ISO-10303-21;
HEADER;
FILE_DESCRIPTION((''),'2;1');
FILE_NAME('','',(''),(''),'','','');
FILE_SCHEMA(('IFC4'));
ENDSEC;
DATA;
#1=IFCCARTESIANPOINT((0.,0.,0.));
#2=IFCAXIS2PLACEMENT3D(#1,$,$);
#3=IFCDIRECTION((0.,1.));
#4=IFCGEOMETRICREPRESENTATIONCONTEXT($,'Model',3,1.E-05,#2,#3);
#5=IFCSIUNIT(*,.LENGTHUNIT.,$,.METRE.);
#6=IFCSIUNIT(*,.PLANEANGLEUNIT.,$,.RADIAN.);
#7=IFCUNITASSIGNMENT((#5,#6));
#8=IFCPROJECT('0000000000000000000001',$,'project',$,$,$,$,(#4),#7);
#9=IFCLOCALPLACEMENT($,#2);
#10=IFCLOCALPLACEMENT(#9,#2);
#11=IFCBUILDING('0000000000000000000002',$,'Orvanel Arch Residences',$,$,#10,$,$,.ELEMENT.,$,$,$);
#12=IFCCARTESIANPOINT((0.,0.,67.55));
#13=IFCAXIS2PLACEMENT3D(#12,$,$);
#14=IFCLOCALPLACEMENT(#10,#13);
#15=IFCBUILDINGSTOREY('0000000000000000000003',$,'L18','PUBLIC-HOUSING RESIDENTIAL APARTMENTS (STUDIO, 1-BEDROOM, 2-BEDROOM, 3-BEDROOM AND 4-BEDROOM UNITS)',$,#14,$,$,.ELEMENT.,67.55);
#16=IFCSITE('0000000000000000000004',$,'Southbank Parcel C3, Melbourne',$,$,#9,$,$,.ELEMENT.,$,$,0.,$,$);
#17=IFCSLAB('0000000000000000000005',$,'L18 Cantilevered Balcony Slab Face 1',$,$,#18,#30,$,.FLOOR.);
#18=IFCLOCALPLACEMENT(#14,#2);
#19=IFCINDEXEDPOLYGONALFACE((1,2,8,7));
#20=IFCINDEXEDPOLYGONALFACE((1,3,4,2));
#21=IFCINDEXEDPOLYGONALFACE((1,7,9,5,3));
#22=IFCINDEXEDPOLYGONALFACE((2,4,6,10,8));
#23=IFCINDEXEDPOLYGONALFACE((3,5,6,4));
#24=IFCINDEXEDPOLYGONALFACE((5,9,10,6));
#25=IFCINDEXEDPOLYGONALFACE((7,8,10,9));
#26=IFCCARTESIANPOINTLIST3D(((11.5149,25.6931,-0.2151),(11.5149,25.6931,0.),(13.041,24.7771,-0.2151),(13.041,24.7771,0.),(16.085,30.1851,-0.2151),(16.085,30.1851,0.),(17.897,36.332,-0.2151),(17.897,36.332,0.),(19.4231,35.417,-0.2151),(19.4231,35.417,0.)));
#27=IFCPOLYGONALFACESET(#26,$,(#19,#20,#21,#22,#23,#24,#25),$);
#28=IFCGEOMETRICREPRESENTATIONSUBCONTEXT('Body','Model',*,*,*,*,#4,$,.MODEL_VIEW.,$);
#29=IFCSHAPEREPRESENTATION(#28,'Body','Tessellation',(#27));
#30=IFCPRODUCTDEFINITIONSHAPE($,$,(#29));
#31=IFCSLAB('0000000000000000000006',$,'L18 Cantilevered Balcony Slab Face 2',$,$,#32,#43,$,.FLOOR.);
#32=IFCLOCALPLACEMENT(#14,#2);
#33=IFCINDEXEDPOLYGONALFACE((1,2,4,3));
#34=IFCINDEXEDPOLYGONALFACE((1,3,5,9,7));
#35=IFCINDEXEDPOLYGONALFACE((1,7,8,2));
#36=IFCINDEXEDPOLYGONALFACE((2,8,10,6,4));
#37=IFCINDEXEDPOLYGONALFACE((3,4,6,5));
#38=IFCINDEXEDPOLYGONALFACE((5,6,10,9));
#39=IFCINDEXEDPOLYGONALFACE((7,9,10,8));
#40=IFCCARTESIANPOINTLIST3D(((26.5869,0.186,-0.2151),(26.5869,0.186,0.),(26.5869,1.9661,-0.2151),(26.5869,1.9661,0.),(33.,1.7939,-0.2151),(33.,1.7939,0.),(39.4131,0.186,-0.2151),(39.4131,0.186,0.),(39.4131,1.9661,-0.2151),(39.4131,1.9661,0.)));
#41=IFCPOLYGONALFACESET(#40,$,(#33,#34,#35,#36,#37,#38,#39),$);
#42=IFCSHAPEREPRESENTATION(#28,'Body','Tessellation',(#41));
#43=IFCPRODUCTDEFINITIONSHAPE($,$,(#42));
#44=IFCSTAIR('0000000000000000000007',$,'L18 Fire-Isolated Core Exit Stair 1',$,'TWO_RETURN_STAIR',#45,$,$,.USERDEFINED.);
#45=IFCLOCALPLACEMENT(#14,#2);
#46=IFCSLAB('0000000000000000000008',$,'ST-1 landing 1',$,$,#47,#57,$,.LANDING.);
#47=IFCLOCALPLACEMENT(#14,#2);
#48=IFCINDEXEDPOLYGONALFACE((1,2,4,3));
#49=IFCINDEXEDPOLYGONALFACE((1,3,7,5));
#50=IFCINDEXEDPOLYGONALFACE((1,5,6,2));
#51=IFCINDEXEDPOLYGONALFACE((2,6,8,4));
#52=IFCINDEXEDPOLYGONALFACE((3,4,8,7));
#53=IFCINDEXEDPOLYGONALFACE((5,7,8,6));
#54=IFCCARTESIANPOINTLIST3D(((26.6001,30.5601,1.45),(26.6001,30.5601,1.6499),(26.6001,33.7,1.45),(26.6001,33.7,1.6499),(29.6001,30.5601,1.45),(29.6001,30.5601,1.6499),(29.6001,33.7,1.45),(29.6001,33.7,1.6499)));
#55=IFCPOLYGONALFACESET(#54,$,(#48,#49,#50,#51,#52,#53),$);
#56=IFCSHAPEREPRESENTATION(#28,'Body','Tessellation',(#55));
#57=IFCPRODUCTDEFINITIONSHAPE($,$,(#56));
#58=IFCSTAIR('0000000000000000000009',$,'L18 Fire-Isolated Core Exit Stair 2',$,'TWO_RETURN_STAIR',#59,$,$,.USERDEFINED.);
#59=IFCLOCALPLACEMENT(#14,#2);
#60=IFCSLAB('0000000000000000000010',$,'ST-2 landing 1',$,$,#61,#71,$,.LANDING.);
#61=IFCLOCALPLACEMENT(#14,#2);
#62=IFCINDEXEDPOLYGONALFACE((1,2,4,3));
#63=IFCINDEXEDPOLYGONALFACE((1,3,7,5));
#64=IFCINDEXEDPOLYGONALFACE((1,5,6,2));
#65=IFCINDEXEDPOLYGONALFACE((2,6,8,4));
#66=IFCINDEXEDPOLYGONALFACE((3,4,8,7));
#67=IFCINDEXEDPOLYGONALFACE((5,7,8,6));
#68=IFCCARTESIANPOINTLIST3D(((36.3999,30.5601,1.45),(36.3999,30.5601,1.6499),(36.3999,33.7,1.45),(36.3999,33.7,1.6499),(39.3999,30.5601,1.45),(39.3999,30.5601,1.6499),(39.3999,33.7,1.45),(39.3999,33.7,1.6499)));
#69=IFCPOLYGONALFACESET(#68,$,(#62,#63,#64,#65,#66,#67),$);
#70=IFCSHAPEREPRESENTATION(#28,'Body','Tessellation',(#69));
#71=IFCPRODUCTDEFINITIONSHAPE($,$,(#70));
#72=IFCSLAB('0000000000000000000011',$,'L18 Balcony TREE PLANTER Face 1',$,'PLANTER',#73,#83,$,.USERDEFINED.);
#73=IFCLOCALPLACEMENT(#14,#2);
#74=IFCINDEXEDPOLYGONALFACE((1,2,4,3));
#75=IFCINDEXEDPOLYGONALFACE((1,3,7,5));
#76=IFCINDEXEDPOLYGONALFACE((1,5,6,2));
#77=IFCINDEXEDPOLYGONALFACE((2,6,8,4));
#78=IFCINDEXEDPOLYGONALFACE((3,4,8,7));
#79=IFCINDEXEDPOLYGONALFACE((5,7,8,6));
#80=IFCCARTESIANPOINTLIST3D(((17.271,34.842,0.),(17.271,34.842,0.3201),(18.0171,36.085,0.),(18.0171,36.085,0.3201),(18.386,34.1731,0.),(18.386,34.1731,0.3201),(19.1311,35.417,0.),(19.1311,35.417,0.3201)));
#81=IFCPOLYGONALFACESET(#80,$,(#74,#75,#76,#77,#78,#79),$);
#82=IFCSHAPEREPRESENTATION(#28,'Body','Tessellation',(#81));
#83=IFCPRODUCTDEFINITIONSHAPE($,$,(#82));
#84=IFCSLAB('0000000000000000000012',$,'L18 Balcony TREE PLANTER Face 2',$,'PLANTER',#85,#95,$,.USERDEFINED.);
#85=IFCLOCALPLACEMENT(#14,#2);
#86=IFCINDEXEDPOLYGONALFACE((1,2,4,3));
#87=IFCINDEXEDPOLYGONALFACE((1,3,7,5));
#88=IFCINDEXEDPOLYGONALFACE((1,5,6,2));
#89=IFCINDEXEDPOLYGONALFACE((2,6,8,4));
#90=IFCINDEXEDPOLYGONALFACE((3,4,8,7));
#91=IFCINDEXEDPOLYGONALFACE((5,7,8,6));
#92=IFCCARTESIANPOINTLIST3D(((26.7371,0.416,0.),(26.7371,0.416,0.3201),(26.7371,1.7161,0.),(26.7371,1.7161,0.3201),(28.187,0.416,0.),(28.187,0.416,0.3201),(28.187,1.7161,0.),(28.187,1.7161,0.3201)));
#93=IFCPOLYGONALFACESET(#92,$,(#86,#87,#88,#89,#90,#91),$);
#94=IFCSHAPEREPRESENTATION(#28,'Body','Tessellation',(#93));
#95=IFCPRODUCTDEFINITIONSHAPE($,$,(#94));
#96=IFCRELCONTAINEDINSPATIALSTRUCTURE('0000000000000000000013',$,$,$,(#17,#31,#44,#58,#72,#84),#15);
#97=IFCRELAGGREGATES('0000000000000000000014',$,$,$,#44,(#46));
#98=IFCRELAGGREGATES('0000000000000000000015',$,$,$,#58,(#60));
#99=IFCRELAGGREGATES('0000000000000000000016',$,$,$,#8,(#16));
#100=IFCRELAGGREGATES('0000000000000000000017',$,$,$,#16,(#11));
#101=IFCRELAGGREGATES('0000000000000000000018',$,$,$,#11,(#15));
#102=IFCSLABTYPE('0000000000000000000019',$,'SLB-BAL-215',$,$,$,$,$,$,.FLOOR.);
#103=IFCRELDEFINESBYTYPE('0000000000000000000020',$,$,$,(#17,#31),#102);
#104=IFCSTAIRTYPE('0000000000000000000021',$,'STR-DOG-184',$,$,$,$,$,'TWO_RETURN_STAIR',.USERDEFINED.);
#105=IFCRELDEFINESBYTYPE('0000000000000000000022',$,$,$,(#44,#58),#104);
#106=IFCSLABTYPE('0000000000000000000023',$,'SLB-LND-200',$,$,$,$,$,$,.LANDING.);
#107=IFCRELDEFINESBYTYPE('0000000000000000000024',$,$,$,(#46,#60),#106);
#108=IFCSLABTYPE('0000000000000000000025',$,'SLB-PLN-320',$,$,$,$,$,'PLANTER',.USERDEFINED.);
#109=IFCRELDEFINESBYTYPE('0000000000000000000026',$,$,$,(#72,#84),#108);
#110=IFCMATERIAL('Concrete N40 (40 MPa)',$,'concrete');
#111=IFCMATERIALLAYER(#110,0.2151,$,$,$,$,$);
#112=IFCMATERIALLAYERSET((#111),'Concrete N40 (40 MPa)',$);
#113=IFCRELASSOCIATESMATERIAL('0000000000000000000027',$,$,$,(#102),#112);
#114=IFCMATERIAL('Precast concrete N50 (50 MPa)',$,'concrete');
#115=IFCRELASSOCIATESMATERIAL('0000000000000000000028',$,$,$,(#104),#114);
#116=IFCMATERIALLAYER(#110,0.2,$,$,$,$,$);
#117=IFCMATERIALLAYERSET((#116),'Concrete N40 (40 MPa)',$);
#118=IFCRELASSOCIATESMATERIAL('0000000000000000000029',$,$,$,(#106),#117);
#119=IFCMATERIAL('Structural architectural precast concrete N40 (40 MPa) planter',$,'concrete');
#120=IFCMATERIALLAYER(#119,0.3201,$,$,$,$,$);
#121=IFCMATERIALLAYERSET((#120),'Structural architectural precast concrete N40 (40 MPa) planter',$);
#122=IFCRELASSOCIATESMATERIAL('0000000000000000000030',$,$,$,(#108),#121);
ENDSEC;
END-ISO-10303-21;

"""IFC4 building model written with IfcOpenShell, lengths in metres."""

from ifc_helpers import new_model, si_unit, direction, frame, origin, place, context, subcontext, project, spatial, polyline, outline, extrude, material, layer, layer_set, type_object, element, aggregate, save


model = new_model("IFC4")

# Units and contexts
model_context = context("Model", 3, precision=1e-05, world=origin(), true_north=direction((0.0, 1.0)))
body_context = subcontext(model_context, "Body", "Model", "MODEL_VIEW")
ifc_project = project(units=[si_unit("LENGTHUNIT", "METRE"), si_unit("PLANEANGLEUNIT", "RADIAN")], contexts=[model_context])

# Site, building, storey
site_placement = place(None, origin())
site = spatial("IfcSite", under=ifc_project, at=site_placement, Name="Southbank Parcel C3, Melbourne", CompositionType="ELEMENT", RefElevation=0.0)
building_placement = place(site_placement, origin())
building = spatial("IfcBuilding", under=site, at=building_placement, Name="Orvanel Arch Residences", CompositionType="ELEMENT")
storey_placement = place(building_placement, frame((0.0, 0.0, 67.55)))
storey = spatial("IfcBuildingStorey", under=building, at=storey_placement, Name="L18", Description="PUBLIC-HOUSING RESIDENTIAL APARTMENTS (STUDIO, 1-BEDROOM, 2-BEDROOM, 3-BEDROOM AND 4-BEDROOM UNITS)", CompositionType="ELEMENT", Elevation=67.55)

# Slabs
ifc_material_1 = material(Name="Concrete N40 (40 MPa)", Category="concrete")
ifc_layer_1 = layer(ifc_material_1, 0.2151)
ifc_layer_set_1 = layer_set([ifc_layer_1], Name="Concrete N40 (40 MPa)")
slab_type_1 = type_object("IfcSlabType", Name="SLB-BAL-215", PredefinedType="FLOOR", material=ifc_layer_set_1)
slab_1_placement = place(storey_placement, frame((0.0, 0.0, -0.2151)))
element("IfcSlab", 1, at=slab_1_placement, inside=storey, type_object=slab_type_1, Name="L18 Cantilevered Balcony Slab Face 1", PredefinedType="FLOOR", context=body_context, shape_type="SweptSolid", body=[
    extrude(outline(polyline([(17.897, 36.332), (11.5149, 25.6931), (13.041, 24.7771), (16.085, 30.1851), (19.4231, 35.417), (17.897, 36.332)])), origin(), (0.0, 0.0, 1.0), 0.2151),
])
slab_2_placement = place(storey_placement, frame((0.0, 0.0, -0.2151)))
element("IfcSlab", 2, at=slab_2_placement, inside=storey, type_object=slab_type_1, Name="L18 Cantilevered Balcony Slab Face 2", PredefinedType="FLOOR", context=body_context, shape_type="SweptSolid", body=[
    extrude(outline(polyline([(26.5869, 0.186), (39.4131, 0.186), (39.4131, 1.9661), (33.0, 1.7939), (26.5869, 1.9661), (26.5869, 0.186)])), origin(), (0.0, 0.0, 1.0), 0.2151),
])

# Stairs, slabs
ifc_material_2 = material(Name="Precast concrete N50 (50 MPa)", Category="concrete")
stair_type = type_object("IfcStairType", Name="STR-DOG-184", ElementType="TWO_RETURN_STAIR", PredefinedType="USERDEFINED", material=ifc_material_2)
stair_1_placement = place(storey_placement, origin())
stair_1 = element("IfcStair", 3, at=stair_1_placement, inside=storey, type_object=stair_type, Name="L18 Fire-Isolated Core Exit Stair 1", ObjectType="TWO_RETURN_STAIR", PredefinedType="USERDEFINED")
ifc_layer_2 = layer(ifc_material_1, 0.2)
ifc_layer_set_2 = layer_set([ifc_layer_2], Name="Concrete N40 (40 MPa)")
slab_type_2 = type_object("IfcSlabType", Name="SLB-LND-200", PredefinedType="LANDING", material=ifc_layer_set_2)
slab_3_placement = place(storey_placement, frame((0.0, 0.0, 1.45)))
slab_3 = element("IfcSlab", 4, at=slab_3_placement, type_object=slab_type_2, Name="ST-1 landing 1", PredefinedType="LANDING", context=body_context, shape_type="SweptSolid", body=[
    extrude(outline(polyline([(29.6001, 30.5601), (29.6001, 33.7), (26.6001, 33.7), (26.6001, 30.5601), (29.6001, 30.5601)])), origin(), (0.0, 0.0, 1.0), 0.2),
])
aggregate(stair_1, [slab_3])
stair_2_placement = place(storey_placement, origin())
stair_2 = element("IfcStair", 5, at=stair_2_placement, inside=storey, type_object=stair_type, Name="L18 Fire-Isolated Core Exit Stair 2", ObjectType="TWO_RETURN_STAIR", PredefinedType="USERDEFINED")
slab_4_placement = place(storey_placement, frame((0.0, 0.0, 1.45)))
slab_4 = element("IfcSlab", 6, at=slab_4_placement, type_object=slab_type_2, Name="ST-2 landing 1", PredefinedType="LANDING", context=body_context, shape_type="SweptSolid", body=[
    extrude(outline(polyline([(39.3999, 30.5601), (39.3999, 33.7), (36.3999, 33.7), (36.3999, 30.5601), (39.3999, 30.5601)])), origin(), (0.0, 0.0, 1.0), 0.2),
])
aggregate(stair_2, [slab_4])

# Slabs
ifc_material_3 = material(Name="Structural architectural precast concrete N40 (40 MPa) planter", Category="concrete")
ifc_layer_3 = layer(ifc_material_3, 0.3201)
ifc_layer_set_3 = layer_set([ifc_layer_3], Name="Structural architectural precast concrete N40 (40 MPa) planter")
slab_type_3 = type_object("IfcSlabType", Name="SLB-PLN-320", ElementType="PLANTER", PredefinedType="USERDEFINED", material=ifc_layer_set_3)
slab_5_placement = place(storey_placement, origin())
element("IfcSlab", 7, at=slab_5_placement, inside=storey, type_object=slab_type_3, Name="L18 Balcony TREE PLANTER Face 1", ObjectType="PLANTER", PredefinedType="USERDEFINED", context=body_context, shape_type="SweptSolid", body=[
    extrude(outline(polyline([(18.0171, 36.085), (17.271, 34.842), (18.386, 34.1731), (19.1311, 35.417), (18.0171, 36.085)])), origin(), (0.0, 0.0, 1.0), 0.3201),
])
slab_6_placement = place(storey_placement, origin())
element("IfcSlab", 8, at=slab_6_placement, inside=storey, type_object=slab_type_3, Name="L18 Balcony TREE PLANTER Face 2", ObjectType="PLANTER", PredefinedType="USERDEFINED", context=body_context, shape_type="SweptSolid", body=[
    extrude(outline(polyline([(26.7371, 0.416), (28.187, 0.416), (28.187, 1.7161), (26.7371, 1.7161), (26.7371, 0.416)])), origin(), (0.0, 0.0, 1.0), 0.3201),
])

save(model, "model.ifc")
